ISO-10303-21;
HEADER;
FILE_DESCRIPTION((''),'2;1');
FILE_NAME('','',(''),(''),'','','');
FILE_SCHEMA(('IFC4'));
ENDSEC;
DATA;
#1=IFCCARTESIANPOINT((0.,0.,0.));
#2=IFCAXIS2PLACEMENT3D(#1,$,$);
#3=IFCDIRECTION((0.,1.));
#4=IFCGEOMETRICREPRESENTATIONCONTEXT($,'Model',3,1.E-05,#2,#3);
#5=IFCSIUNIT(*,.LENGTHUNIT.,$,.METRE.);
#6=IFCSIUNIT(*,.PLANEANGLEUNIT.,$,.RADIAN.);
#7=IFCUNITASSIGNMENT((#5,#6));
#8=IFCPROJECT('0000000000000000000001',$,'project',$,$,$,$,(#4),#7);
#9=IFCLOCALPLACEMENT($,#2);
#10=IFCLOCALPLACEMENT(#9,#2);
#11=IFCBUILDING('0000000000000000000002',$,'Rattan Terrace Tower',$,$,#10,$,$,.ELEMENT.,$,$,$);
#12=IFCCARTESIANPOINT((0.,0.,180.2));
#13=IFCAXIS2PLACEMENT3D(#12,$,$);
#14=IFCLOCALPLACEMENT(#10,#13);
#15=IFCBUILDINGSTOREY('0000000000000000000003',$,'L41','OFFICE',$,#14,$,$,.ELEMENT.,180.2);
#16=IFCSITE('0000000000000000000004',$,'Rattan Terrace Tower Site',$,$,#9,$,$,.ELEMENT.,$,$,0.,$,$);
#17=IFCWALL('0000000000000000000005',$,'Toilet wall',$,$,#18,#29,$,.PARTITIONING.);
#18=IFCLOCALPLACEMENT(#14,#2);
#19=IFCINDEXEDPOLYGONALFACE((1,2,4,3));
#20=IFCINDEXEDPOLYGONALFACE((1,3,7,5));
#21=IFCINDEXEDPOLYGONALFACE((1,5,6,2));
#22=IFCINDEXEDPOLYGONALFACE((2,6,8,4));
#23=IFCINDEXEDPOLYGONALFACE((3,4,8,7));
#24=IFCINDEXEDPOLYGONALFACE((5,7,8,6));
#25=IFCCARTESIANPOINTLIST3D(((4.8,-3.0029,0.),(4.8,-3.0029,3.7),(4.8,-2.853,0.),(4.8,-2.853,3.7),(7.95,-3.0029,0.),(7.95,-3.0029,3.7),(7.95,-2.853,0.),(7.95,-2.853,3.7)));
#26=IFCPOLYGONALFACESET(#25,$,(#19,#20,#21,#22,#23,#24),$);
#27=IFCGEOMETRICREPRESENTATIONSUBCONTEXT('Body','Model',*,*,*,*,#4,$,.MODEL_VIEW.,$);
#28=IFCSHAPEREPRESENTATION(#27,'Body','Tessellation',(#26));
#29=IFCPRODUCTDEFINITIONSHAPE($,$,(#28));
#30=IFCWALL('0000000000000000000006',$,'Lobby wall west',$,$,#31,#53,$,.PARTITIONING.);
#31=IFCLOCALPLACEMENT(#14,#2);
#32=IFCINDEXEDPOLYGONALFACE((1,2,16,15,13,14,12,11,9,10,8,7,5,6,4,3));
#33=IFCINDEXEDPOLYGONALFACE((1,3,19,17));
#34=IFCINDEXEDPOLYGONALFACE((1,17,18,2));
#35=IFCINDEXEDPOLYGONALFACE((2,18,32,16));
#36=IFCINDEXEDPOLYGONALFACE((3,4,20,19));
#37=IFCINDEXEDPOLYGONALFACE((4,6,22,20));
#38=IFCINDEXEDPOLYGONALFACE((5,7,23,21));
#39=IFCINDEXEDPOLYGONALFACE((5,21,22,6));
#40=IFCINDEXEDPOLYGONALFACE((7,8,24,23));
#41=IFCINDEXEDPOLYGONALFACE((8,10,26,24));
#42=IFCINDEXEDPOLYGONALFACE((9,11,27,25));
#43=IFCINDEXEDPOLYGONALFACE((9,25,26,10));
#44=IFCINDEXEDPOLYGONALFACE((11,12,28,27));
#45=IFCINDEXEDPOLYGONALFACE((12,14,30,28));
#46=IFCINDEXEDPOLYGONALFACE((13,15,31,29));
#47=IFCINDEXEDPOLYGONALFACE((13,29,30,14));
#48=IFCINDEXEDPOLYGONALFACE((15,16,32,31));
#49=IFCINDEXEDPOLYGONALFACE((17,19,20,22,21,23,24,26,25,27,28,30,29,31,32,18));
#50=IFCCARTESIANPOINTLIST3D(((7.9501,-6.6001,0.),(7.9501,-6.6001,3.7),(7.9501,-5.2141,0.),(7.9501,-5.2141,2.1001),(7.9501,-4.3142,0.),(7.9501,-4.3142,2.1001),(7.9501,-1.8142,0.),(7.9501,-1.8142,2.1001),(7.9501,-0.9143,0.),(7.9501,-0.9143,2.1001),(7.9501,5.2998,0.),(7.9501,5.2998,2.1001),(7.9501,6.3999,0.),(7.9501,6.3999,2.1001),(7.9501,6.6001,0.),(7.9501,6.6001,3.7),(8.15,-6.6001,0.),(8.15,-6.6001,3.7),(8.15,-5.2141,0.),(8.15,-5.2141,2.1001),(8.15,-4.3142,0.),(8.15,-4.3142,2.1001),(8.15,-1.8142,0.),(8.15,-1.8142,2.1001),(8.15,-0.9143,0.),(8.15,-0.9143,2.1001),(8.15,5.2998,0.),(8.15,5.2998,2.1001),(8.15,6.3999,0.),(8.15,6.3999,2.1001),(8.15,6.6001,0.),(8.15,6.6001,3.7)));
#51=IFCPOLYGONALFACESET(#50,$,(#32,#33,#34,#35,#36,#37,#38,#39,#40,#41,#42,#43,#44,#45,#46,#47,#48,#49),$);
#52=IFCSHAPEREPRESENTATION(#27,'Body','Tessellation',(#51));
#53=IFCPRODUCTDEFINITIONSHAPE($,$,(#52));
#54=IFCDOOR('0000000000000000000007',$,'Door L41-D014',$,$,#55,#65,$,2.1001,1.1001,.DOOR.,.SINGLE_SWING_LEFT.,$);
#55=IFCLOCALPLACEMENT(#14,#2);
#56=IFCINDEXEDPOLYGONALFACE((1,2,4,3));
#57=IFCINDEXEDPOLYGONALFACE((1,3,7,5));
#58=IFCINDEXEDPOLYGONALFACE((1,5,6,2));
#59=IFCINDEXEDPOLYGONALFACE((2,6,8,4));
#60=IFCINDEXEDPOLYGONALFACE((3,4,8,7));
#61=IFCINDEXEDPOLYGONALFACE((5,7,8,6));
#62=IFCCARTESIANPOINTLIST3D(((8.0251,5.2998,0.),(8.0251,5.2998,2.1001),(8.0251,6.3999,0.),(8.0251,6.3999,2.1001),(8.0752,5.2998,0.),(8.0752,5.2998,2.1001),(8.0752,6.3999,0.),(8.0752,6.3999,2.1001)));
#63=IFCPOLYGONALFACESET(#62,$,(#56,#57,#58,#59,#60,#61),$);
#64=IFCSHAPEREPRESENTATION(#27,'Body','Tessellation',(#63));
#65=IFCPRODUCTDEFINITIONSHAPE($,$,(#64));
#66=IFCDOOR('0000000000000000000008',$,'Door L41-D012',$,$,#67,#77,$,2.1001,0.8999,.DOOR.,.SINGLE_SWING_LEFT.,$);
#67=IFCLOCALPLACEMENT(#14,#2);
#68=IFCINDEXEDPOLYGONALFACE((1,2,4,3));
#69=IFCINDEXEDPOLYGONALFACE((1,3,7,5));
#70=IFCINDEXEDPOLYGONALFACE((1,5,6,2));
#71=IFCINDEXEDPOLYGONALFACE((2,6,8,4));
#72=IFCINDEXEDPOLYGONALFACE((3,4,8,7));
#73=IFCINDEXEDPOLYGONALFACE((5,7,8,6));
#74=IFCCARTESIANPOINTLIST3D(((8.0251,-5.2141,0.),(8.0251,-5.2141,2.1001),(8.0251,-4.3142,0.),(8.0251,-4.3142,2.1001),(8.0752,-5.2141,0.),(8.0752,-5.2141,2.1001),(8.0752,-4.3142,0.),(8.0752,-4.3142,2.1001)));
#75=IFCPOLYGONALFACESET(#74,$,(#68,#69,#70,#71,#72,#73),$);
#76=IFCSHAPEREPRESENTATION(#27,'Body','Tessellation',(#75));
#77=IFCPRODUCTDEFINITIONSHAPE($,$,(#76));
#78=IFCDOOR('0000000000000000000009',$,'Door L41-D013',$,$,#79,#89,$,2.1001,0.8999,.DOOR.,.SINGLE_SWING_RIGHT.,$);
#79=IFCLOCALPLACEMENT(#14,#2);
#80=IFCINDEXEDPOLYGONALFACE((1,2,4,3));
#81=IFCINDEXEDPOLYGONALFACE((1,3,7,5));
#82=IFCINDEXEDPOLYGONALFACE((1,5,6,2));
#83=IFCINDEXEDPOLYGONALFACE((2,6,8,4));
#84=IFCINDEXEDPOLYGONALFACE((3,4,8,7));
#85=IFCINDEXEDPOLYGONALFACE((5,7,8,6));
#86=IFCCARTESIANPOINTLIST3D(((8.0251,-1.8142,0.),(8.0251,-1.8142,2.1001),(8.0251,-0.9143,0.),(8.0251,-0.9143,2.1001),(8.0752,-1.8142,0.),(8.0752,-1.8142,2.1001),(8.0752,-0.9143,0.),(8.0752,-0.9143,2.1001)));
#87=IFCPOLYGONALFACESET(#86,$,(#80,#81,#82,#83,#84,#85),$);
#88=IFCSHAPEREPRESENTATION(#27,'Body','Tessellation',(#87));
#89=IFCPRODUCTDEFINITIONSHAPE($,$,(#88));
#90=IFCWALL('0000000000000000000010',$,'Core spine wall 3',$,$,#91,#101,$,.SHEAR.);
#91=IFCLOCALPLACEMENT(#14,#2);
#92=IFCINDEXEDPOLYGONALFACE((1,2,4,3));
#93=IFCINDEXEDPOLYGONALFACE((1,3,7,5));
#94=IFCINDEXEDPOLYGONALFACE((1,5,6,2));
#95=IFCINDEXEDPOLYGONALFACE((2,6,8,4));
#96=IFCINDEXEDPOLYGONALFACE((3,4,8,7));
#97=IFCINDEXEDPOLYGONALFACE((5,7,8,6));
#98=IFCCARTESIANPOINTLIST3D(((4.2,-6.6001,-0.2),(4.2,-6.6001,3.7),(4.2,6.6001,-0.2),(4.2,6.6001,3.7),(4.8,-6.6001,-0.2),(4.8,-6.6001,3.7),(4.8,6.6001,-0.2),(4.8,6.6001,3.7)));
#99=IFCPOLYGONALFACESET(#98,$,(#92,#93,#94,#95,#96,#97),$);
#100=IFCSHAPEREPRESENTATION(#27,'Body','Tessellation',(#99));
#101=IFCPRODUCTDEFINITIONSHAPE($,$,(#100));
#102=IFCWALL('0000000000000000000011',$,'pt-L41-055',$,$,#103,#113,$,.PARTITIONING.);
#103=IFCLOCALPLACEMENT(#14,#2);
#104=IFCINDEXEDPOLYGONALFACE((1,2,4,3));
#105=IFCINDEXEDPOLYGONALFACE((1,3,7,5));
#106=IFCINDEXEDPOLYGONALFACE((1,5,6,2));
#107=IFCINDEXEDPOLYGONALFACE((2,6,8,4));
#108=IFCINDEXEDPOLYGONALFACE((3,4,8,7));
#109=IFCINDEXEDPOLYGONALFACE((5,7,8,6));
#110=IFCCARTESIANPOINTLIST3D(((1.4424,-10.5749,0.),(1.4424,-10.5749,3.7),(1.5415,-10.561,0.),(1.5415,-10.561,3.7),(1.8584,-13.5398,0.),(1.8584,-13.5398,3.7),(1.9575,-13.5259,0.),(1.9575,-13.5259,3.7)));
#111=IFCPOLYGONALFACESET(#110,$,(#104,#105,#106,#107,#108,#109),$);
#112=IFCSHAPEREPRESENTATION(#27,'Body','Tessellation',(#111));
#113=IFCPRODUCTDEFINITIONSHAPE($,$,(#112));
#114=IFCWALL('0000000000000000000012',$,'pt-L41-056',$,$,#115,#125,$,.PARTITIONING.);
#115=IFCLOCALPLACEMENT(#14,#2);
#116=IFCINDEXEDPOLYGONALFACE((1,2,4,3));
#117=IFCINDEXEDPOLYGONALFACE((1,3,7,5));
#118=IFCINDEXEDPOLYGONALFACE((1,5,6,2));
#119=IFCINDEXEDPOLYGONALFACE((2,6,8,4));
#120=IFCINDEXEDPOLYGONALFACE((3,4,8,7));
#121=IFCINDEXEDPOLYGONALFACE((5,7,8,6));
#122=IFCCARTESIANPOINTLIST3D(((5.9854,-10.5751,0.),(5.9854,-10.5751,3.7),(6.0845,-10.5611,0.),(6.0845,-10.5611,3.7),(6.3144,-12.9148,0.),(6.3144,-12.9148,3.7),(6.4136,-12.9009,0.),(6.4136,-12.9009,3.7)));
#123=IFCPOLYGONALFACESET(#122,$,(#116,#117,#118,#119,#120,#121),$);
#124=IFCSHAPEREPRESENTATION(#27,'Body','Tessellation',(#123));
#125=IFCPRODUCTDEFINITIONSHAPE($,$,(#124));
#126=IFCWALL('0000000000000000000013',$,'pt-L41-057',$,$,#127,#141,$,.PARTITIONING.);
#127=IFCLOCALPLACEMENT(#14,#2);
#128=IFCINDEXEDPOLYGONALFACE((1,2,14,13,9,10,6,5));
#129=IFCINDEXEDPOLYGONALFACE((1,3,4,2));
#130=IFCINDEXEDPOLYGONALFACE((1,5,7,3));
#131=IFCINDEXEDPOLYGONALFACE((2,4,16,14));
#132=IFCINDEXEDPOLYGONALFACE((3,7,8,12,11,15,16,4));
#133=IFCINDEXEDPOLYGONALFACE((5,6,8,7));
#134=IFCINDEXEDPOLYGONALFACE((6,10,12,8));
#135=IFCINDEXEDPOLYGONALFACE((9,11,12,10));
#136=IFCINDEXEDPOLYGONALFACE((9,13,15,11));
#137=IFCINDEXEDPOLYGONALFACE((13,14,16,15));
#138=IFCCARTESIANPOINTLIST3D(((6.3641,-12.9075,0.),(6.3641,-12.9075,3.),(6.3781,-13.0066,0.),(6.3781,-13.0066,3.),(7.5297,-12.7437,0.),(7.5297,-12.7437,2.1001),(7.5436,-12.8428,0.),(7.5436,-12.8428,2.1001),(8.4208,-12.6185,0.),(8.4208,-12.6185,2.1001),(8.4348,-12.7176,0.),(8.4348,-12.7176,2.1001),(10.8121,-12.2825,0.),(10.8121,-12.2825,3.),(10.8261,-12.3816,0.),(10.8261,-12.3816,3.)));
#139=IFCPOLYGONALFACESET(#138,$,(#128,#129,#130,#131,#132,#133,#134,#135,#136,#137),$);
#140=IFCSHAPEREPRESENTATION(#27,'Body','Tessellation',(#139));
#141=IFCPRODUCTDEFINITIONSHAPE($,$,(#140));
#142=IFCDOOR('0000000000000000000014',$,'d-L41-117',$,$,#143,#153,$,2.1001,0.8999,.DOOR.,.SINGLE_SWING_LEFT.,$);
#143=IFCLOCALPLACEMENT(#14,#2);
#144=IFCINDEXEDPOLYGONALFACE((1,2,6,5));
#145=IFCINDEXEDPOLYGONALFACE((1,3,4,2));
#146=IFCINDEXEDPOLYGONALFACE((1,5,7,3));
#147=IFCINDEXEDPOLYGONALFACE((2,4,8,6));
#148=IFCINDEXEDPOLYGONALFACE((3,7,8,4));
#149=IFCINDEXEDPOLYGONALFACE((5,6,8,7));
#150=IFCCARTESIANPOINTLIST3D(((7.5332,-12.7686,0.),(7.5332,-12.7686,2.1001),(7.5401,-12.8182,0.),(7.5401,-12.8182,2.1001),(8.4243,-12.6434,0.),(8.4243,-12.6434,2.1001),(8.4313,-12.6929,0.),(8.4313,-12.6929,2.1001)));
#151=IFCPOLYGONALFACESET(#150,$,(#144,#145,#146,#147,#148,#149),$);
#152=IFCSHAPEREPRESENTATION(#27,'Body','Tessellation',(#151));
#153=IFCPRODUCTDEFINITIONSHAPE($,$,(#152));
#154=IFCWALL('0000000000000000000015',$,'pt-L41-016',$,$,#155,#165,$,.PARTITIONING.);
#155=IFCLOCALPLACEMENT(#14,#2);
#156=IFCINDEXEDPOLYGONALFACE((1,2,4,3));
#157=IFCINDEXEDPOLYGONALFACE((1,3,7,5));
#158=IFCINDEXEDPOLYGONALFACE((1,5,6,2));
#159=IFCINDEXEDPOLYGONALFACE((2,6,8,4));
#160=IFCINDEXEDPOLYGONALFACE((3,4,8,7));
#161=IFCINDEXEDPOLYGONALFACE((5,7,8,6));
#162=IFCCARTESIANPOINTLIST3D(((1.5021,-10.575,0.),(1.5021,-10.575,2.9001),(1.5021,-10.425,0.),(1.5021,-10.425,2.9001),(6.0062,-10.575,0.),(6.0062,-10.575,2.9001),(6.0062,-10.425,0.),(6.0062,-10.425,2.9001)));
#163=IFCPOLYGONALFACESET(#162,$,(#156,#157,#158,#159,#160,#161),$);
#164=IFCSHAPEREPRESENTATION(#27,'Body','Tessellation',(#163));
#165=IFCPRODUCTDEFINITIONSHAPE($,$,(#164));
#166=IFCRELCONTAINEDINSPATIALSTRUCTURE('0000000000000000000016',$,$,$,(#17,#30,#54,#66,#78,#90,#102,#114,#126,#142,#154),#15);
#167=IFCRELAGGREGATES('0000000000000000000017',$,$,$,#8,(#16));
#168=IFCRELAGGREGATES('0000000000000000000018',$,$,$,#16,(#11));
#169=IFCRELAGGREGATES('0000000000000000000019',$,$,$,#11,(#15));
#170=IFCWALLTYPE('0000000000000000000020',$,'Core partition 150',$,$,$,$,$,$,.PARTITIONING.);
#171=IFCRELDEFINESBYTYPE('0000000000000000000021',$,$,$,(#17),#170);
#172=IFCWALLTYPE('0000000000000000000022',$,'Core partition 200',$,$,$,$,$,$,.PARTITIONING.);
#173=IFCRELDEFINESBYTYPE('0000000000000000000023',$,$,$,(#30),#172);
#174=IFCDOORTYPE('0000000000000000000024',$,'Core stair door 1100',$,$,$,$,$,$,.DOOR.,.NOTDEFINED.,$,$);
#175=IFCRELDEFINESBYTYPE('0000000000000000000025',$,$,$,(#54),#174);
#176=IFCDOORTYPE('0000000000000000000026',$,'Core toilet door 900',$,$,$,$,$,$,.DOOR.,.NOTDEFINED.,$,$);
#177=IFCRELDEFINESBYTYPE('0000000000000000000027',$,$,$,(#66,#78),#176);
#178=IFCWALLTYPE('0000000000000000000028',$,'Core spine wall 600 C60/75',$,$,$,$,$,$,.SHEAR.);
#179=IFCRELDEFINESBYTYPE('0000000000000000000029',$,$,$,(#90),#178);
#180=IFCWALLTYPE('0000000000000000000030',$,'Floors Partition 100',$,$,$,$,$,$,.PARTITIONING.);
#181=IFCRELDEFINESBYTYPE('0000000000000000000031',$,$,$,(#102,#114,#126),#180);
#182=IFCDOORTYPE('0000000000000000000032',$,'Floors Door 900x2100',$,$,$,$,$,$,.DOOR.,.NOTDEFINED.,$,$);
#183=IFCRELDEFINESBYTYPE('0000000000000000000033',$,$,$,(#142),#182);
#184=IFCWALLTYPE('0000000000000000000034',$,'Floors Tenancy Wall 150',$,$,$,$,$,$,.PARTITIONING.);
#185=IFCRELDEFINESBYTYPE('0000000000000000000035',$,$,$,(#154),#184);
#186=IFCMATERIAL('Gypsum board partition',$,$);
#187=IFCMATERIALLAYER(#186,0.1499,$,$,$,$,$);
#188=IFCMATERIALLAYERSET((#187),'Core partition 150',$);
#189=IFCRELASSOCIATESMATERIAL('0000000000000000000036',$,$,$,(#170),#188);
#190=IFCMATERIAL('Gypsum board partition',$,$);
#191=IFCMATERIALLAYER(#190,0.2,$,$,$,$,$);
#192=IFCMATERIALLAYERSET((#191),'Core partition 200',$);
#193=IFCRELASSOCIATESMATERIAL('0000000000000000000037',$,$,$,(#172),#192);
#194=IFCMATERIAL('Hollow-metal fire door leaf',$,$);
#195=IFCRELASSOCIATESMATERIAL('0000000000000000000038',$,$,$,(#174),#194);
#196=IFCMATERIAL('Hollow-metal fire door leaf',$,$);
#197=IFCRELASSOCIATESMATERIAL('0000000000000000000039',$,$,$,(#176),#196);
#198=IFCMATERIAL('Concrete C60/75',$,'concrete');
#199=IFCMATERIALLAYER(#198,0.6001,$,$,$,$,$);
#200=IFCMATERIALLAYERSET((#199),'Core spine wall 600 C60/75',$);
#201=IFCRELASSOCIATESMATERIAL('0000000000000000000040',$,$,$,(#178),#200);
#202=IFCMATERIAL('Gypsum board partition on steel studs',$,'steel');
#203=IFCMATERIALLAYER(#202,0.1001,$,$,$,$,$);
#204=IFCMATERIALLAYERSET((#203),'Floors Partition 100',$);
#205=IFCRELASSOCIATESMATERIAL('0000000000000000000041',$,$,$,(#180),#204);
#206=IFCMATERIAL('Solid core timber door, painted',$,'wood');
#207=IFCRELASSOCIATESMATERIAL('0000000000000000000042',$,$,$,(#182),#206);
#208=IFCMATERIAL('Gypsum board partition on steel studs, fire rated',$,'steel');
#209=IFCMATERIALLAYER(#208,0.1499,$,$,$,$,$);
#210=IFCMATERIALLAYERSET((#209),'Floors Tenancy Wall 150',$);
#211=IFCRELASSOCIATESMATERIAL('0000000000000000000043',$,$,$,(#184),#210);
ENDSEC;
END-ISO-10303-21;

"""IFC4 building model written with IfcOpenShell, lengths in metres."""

from ifc_helpers import new_model, si_unit, direction, frame, frame_2d, origin, place, context, subcontext, project, spatial, rectangle, extrude, material, layer, layer_set, type_object, element, fill, save


model = new_model("IFC4")

# Units and contexts
model_context = context("Model", 3, precision=1e-05, world=origin(), true_north=direction((0.0, 1.0)))
body_context = subcontext(model_context, "Body", "Model", "MODEL_VIEW")
ifc_project = project(units=[si_unit("LENGTHUNIT", "METRE"), si_unit("PLANEANGLEUNIT", "RADIAN")], contexts=[model_context])

# Site, building, storey
site_placement = place(None, origin())
site = spatial("IfcSite", under=ifc_project, at=site_placement, Name="Rattan Terrace Tower Site", CompositionType="ELEMENT", RefElevation=0.0)
building_placement = place(site_placement, origin())
building = spatial("IfcBuilding", under=site, at=building_placement, Name="Rattan Terrace Tower", CompositionType="ELEMENT")
storey_placement = place(building_placement, frame((0.0, 0.0, 180.2)))
storey = spatial("IfcBuildingStorey", under=building, at=storey_placement, Name="L41", Description="OFFICE", CompositionType="ELEMENT", Elevation=180.2)

# Wall
ifc_material_1 = material(Name="Gypsum board partition")
ifc_layer_1 = layer(ifc_material_1, 0.1499)
ifc_layer_set_1 = layer_set([ifc_layer_1], Name="Core partition 150")
wall_type_1 = type_object("IfcWallType", Name="Core partition 150", PredefinedType="PARTITIONING", material=ifc_layer_set_1)
wall_1_placement = place(storey_placement, frame((4.8, -2.928, 0.0), z_axis=(0.0, 0.0, 1.0), x_axis=(1.0, 0.0, 0.0)))
element("IfcWall", 1, at=wall_1_placement, inside=storey, type_object=wall_type_1, Name="Toilet wall", PredefinedType="PARTITIONING", context=body_context, shape_type="SweptSolid", body=[
    extrude(rectangle(XDim=3.1499, YDim=0.1499, at=frame_2d((1.575, 0.0))), origin(), (0.0, 0.0, 1.0), 3.7),
])

# Wall, openings, doors
ifc_material_2 = material(Name="Gypsum board partition")
ifc_layer_2 = layer(ifc_material_2, 0.2)
ifc_layer_set_2 = layer_set([ifc_layer_2], Name="Core partition 200")
wall_type_2 = type_object("IfcWallType", Name="Core partition 200", PredefinedType="PARTITIONING", material=ifc_layer_set_2)
wall_2_placement = place(storey_placement, frame((8.05, -6.6001, 0.0), z_axis=(0.0, 0.0, 1.0), x_axis=(0.0, 1.0, 0.0)))
wall_2 = element("IfcWall", 2, at=wall_2_placement, inside=storey, type_object=wall_type_2, Name="Lobby wall west", PredefinedType="PARTITIONING", context=body_context, shape_type="SweptSolid", body=[
    extrude(rectangle(XDim=13.2002, YDim=0.2, at=frame_2d((6.6001, 0.0))), origin(), (0.0, 0.0, 1.0), 3.7),
])
opening_1_placement = place(wall_2_placement, frame((1.386, 0.0, 0.0)))
opening_1 = element("IfcOpeningElement", 3, at=opening_1_placement, cuts=wall_2, PredefinedType="OPENING", context=body_context, shape_type="SweptSolid", body=[
    extrude(rectangle(XDim=0.8999, YDim=2.1001, at=frame_2d((0.45, 1.05))), frame((0.0, 0.1106, 0.0), z_axis=(0.0, -1.0, 0.0), x_axis=(1.0, 0.0, 0.0)), (0.0, 0.0, 1.0), 0.2209),
])
opening_2_placement = place(wall_2_placement, frame((4.7859, 0.0, 0.0)))
opening_2 = element("IfcOpeningElement", 4, at=opening_2_placement, cuts=wall_2, PredefinedType="OPENING", context=body_context, shape_type="SweptSolid", body=[
    extrude(rectangle(XDim=0.8999, YDim=2.1001, at=frame_2d((0.45, 1.05))), frame((0.0, 0.1106, 0.0), z_axis=(0.0, -1.0, 0.0), x_axis=(1.0, 0.0, 0.0)), (0.0, 0.0, 1.0), 0.2209),
])
opening_3_placement = place(wall_2_placement, frame((11.8999, 0.0, 0.0)))
opening_3 = element("IfcOpeningElement", 5, at=opening_3_placement, cuts=wall_2, PredefinedType="OPENING", context=body_context, shape_type="SweptSolid", body=[
    extrude(rectangle(XDim=1.1001, YDim=2.1001, at=frame_2d((0.55, 1.05))), frame((0.0, 0.1106, 0.0), z_axis=(0.0, -1.0, 0.0), x_axis=(1.0, 0.0, 0.0)), (0.0, 0.0, 1.0), 0.2209),
])
ifc_material_3 = material(Name="Hollow-metal fire door leaf")
door_type_1 = type_object("IfcDoorType", Name="Core stair door 1100", OperationType="NOTDEFINED", PredefinedType="DOOR", material=ifc_material_3)
door_1_placement = place(opening_3_placement, origin())
door_1 = element("IfcDoor", 6, at=door_1_placement, inside=storey, type_object=door_type_1, Name="Door L41-D014", OperationType="SINGLE_SWING_LEFT", OverallHeight=2.1001, OverallWidth=1.1001, PredefinedType="DOOR", context=body_context, shape_type="SweptSolid", body=[
    extrude(rectangle(XDim=1.1001, YDim=2.1001, at=frame_2d((0.55, 1.05))), frame((0.0, 0.0249, 0.0), z_axis=(0.0, -1.0, 0.0), x_axis=(1.0, 0.0, 0.0)), (0.0, 0.0, 1.0), 0.05),
])
fill(opening_3, door_1)
ifc_material_4 = material(Name="Hollow-metal fire door leaf")
door_type_2 = type_object("IfcDoorType", Name="Core toilet door 900", OperationType="NOTDEFINED", PredefinedType="DOOR", material=ifc_material_4)
door_2_placement = place(opening_1_placement, origin())
door_2 = element("IfcDoor", 7, at=door_2_placement, inside=storey, type_object=door_type_2, Name="Door L41-D012", OperationType="SINGLE_SWING_LEFT", OverallHeight=2.1001, OverallWidth=0.8999, PredefinedType="DOOR", context=body_context, shape_type="SweptSolid", body=[
    extrude(rectangle(XDim=0.8999, YDim=2.1001, at=frame_2d((0.45, 1.05))), frame((0.0, 0.0249, 0.0), z_axis=(0.0, -1.0, 0.0), x_axis=(1.0, 0.0, 0.0)), (0.0, 0.0, 1.0), 0.05),
])
fill(opening_1, door_2)
door_3_placement = place(opening_2_placement, origin())
door_3 = element("IfcDoor", 8, at=door_3_placement, inside=storey, type_object=door_type_2, Name="Door L41-D013", OperationType="SINGLE_SWING_RIGHT", OverallHeight=2.1001, OverallWidth=0.8999, PredefinedType="DOOR", context=body_context, shape_type="SweptSolid", body=[
    extrude(rectangle(XDim=0.8999, YDim=2.1001, at=frame_2d((0.45, 1.05))), frame((0.0, 0.0249, 0.0), z_axis=(0.0, -1.0, 0.0), x_axis=(1.0, 0.0, 0.0)), (0.0, 0.0, 1.0), 0.05),
])
fill(opening_2, door_3)

# Walls
ifc_material_5 = material(Name="Concrete C60/75", Category="concrete")
ifc_layer_3 = layer(ifc_material_5, 0.6001)
ifc_layer_set_3 = layer_set([ifc_layer_3], Name="Core spine wall 600 C60/75")
wall_type_3 = type_object("IfcWallType", Name="Core spine wall 600 C60/75", PredefinedType="SHEAR", material=ifc_layer_set_3)
wall_3_placement = place(storey_placement, frame((4.5, -6.6001, -0.2), z_axis=(0.0, 0.0, 1.0), x_axis=(0.0, 1.0, 0.0)))
element("IfcWall", 9, at=wall_3_placement, inside=storey, type_object=wall_type_3, Name="Core spine wall 3", PredefinedType="SHEAR", context=body_context, shape_type="SweptSolid", body=[
    extrude(rectangle(XDim=13.2002, YDim=0.6001, at=frame_2d((6.6001, 0.0))), origin(), (0.0, 0.0, 1.0), 3.8999),
])
ifc_material_6 = material(Name="Gypsum board partition on steel studs", Category="steel")
ifc_layer_4 = layer(ifc_material_6, 0.1001)
ifc_layer_set_4 = layer_set([ifc_layer_4], Name="Floors Partition 100")
wall_type_4 = type_object("IfcWallType", Name="Floors Partition 100", PredefinedType="PARTITIONING", material=ifc_layer_set_4)
wall_4_placement = place(storey_placement, frame((1.908, -13.533, 0.0), z_axis=(0.0, 0.0, 1.0), x_axis=(-0.138955, 0.990299, 0.0)))
element("IfcWall", 10, at=wall_4_placement, inside=storey, type_object=wall_type_4, Name="pt-L41-055", PredefinedType="PARTITIONING", context=body_context, shape_type="SweptSolid", body=[
    extrude(rectangle(XDim=2.9939, YDim=0.1001, at=frame_2d((1.4971, 0.0))), origin(), (0.0, 0.0, 1.0), 3.7),
])
wall_5_placement = place(storey_placement, frame((6.0349, -10.5681, 0.0), z_axis=(0.0, 0.0, 1.0), x_axis=(0.13928, -0.990253, 0.0)))
element("IfcWall", 11, at=wall_5_placement, inside=storey, type_object=wall_type_4, Name="pt-L41-056", PredefinedType="PARTITIONING", context=body_context, shape_type="SweptSolid", body=[
    extrude(rectangle(XDim=2.3628, YDim=0.1001, at=frame_2d((1.1814, 0.0))), origin(), (0.0, 0.0, 1.0), 3.7),
])

# Wall, opening, door
wall_6_placement = place(storey_placement, frame((6.3711, -12.957, 0.0), z_axis=(0.0, 0.0, 1.0), x_axis=(0.990272, 0.139146, 0.0)))
wall_6 = element("IfcWall", 12, at=wall_6_placement, inside=storey, type_object=wall_type_4, Name="pt-L41-057", PredefinedType="PARTITIONING", context=body_context, shape_type="SweptSolid", body=[
    extrude(rectangle(XDim=4.4917, YDim=0.1001, at=frame_2d((2.2458, 0.0))), origin(), (0.0, 0.0, 1.0), 3.0),
])
opening_4_placement = place(wall_6_placement, frame((1.177, 0.0, 0.0)))
opening_4 = element("IfcOpeningElement", 13, at=opening_4_placement, cuts=wall_6, PredefinedType="OPENING", context=body_context, shape_type="SweptSolid", body=[
    extrude(rectangle(XDim=0.8999, YDim=2.1001, at=frame_2d((0.45, 1.05))), frame((0.0, 0.0605, 0.0), z_axis=(0.0, -1.0, 0.0), x_axis=(1.0, 0.0, 0.0)), (0.0, 0.0, 1.0), 0.1211),
])
ifc_material_7 = material(Name="Solid core timber door, painted", Category="wood")
door_type_3 = type_object("IfcDoorType", Name="Floors Door 900x2100", OperationType="NOTDEFINED", PredefinedType="DOOR", material=ifc_material_7)
door_4_placement = place(opening_4_placement, origin())
door_4 = element("IfcDoor", 14, at=door_4_placement, inside=storey, type_object=door_type_3, Name="d-L41-117", OperationType="SINGLE_SWING_LEFT", OverallHeight=2.1001, OverallWidth=0.8999, PredefinedType="DOOR", context=body_context, shape_type="SweptSolid", body=[
    extrude(rectangle(XDim=0.8999, YDim=2.1001, at=frame_2d((0.45, 1.05))), frame((0.0, 0.0249, 0.0), z_axis=(0.0, -1.0, 0.0), x_axis=(1.0, 0.0, 0.0)), (0.0, 0.0, 1.0), 0.05),
])
fill(opening_4, door_4)

# Wall
ifc_material_8 = material(Name="Gypsum board partition on steel studs, fire rated", Category="steel")
ifc_layer_5 = layer(ifc_material_8, 0.1499)
ifc_layer_set_5 = layer_set([ifc_layer_5], Name="Floors Tenancy Wall 150")
wall_type_5 = type_object("IfcWallType", Name="Floors Tenancy Wall 150", PredefinedType="PARTITIONING", material=ifc_layer_set_5)
wall_7_placement = place(storey_placement, frame((6.0061, -10.5, 0.0), z_axis=(0.0, 0.0, 1.0), x_axis=(-1.0, 0.0, 0.0)))
element("IfcWall", 15, at=wall_7_placement, inside=storey, type_object=wall_type_5, Name="pt-L41-016", PredefinedType="PARTITIONING", context=body_context, shape_type="SweptSolid", body=[
    extrude(rectangle(XDim=4.5042, YDim=0.1499, at=frame_2d((2.252, 0.0))), origin(), (0.0, 0.0, 1.0), 2.9001),
])

save(model, "model.ifc")
